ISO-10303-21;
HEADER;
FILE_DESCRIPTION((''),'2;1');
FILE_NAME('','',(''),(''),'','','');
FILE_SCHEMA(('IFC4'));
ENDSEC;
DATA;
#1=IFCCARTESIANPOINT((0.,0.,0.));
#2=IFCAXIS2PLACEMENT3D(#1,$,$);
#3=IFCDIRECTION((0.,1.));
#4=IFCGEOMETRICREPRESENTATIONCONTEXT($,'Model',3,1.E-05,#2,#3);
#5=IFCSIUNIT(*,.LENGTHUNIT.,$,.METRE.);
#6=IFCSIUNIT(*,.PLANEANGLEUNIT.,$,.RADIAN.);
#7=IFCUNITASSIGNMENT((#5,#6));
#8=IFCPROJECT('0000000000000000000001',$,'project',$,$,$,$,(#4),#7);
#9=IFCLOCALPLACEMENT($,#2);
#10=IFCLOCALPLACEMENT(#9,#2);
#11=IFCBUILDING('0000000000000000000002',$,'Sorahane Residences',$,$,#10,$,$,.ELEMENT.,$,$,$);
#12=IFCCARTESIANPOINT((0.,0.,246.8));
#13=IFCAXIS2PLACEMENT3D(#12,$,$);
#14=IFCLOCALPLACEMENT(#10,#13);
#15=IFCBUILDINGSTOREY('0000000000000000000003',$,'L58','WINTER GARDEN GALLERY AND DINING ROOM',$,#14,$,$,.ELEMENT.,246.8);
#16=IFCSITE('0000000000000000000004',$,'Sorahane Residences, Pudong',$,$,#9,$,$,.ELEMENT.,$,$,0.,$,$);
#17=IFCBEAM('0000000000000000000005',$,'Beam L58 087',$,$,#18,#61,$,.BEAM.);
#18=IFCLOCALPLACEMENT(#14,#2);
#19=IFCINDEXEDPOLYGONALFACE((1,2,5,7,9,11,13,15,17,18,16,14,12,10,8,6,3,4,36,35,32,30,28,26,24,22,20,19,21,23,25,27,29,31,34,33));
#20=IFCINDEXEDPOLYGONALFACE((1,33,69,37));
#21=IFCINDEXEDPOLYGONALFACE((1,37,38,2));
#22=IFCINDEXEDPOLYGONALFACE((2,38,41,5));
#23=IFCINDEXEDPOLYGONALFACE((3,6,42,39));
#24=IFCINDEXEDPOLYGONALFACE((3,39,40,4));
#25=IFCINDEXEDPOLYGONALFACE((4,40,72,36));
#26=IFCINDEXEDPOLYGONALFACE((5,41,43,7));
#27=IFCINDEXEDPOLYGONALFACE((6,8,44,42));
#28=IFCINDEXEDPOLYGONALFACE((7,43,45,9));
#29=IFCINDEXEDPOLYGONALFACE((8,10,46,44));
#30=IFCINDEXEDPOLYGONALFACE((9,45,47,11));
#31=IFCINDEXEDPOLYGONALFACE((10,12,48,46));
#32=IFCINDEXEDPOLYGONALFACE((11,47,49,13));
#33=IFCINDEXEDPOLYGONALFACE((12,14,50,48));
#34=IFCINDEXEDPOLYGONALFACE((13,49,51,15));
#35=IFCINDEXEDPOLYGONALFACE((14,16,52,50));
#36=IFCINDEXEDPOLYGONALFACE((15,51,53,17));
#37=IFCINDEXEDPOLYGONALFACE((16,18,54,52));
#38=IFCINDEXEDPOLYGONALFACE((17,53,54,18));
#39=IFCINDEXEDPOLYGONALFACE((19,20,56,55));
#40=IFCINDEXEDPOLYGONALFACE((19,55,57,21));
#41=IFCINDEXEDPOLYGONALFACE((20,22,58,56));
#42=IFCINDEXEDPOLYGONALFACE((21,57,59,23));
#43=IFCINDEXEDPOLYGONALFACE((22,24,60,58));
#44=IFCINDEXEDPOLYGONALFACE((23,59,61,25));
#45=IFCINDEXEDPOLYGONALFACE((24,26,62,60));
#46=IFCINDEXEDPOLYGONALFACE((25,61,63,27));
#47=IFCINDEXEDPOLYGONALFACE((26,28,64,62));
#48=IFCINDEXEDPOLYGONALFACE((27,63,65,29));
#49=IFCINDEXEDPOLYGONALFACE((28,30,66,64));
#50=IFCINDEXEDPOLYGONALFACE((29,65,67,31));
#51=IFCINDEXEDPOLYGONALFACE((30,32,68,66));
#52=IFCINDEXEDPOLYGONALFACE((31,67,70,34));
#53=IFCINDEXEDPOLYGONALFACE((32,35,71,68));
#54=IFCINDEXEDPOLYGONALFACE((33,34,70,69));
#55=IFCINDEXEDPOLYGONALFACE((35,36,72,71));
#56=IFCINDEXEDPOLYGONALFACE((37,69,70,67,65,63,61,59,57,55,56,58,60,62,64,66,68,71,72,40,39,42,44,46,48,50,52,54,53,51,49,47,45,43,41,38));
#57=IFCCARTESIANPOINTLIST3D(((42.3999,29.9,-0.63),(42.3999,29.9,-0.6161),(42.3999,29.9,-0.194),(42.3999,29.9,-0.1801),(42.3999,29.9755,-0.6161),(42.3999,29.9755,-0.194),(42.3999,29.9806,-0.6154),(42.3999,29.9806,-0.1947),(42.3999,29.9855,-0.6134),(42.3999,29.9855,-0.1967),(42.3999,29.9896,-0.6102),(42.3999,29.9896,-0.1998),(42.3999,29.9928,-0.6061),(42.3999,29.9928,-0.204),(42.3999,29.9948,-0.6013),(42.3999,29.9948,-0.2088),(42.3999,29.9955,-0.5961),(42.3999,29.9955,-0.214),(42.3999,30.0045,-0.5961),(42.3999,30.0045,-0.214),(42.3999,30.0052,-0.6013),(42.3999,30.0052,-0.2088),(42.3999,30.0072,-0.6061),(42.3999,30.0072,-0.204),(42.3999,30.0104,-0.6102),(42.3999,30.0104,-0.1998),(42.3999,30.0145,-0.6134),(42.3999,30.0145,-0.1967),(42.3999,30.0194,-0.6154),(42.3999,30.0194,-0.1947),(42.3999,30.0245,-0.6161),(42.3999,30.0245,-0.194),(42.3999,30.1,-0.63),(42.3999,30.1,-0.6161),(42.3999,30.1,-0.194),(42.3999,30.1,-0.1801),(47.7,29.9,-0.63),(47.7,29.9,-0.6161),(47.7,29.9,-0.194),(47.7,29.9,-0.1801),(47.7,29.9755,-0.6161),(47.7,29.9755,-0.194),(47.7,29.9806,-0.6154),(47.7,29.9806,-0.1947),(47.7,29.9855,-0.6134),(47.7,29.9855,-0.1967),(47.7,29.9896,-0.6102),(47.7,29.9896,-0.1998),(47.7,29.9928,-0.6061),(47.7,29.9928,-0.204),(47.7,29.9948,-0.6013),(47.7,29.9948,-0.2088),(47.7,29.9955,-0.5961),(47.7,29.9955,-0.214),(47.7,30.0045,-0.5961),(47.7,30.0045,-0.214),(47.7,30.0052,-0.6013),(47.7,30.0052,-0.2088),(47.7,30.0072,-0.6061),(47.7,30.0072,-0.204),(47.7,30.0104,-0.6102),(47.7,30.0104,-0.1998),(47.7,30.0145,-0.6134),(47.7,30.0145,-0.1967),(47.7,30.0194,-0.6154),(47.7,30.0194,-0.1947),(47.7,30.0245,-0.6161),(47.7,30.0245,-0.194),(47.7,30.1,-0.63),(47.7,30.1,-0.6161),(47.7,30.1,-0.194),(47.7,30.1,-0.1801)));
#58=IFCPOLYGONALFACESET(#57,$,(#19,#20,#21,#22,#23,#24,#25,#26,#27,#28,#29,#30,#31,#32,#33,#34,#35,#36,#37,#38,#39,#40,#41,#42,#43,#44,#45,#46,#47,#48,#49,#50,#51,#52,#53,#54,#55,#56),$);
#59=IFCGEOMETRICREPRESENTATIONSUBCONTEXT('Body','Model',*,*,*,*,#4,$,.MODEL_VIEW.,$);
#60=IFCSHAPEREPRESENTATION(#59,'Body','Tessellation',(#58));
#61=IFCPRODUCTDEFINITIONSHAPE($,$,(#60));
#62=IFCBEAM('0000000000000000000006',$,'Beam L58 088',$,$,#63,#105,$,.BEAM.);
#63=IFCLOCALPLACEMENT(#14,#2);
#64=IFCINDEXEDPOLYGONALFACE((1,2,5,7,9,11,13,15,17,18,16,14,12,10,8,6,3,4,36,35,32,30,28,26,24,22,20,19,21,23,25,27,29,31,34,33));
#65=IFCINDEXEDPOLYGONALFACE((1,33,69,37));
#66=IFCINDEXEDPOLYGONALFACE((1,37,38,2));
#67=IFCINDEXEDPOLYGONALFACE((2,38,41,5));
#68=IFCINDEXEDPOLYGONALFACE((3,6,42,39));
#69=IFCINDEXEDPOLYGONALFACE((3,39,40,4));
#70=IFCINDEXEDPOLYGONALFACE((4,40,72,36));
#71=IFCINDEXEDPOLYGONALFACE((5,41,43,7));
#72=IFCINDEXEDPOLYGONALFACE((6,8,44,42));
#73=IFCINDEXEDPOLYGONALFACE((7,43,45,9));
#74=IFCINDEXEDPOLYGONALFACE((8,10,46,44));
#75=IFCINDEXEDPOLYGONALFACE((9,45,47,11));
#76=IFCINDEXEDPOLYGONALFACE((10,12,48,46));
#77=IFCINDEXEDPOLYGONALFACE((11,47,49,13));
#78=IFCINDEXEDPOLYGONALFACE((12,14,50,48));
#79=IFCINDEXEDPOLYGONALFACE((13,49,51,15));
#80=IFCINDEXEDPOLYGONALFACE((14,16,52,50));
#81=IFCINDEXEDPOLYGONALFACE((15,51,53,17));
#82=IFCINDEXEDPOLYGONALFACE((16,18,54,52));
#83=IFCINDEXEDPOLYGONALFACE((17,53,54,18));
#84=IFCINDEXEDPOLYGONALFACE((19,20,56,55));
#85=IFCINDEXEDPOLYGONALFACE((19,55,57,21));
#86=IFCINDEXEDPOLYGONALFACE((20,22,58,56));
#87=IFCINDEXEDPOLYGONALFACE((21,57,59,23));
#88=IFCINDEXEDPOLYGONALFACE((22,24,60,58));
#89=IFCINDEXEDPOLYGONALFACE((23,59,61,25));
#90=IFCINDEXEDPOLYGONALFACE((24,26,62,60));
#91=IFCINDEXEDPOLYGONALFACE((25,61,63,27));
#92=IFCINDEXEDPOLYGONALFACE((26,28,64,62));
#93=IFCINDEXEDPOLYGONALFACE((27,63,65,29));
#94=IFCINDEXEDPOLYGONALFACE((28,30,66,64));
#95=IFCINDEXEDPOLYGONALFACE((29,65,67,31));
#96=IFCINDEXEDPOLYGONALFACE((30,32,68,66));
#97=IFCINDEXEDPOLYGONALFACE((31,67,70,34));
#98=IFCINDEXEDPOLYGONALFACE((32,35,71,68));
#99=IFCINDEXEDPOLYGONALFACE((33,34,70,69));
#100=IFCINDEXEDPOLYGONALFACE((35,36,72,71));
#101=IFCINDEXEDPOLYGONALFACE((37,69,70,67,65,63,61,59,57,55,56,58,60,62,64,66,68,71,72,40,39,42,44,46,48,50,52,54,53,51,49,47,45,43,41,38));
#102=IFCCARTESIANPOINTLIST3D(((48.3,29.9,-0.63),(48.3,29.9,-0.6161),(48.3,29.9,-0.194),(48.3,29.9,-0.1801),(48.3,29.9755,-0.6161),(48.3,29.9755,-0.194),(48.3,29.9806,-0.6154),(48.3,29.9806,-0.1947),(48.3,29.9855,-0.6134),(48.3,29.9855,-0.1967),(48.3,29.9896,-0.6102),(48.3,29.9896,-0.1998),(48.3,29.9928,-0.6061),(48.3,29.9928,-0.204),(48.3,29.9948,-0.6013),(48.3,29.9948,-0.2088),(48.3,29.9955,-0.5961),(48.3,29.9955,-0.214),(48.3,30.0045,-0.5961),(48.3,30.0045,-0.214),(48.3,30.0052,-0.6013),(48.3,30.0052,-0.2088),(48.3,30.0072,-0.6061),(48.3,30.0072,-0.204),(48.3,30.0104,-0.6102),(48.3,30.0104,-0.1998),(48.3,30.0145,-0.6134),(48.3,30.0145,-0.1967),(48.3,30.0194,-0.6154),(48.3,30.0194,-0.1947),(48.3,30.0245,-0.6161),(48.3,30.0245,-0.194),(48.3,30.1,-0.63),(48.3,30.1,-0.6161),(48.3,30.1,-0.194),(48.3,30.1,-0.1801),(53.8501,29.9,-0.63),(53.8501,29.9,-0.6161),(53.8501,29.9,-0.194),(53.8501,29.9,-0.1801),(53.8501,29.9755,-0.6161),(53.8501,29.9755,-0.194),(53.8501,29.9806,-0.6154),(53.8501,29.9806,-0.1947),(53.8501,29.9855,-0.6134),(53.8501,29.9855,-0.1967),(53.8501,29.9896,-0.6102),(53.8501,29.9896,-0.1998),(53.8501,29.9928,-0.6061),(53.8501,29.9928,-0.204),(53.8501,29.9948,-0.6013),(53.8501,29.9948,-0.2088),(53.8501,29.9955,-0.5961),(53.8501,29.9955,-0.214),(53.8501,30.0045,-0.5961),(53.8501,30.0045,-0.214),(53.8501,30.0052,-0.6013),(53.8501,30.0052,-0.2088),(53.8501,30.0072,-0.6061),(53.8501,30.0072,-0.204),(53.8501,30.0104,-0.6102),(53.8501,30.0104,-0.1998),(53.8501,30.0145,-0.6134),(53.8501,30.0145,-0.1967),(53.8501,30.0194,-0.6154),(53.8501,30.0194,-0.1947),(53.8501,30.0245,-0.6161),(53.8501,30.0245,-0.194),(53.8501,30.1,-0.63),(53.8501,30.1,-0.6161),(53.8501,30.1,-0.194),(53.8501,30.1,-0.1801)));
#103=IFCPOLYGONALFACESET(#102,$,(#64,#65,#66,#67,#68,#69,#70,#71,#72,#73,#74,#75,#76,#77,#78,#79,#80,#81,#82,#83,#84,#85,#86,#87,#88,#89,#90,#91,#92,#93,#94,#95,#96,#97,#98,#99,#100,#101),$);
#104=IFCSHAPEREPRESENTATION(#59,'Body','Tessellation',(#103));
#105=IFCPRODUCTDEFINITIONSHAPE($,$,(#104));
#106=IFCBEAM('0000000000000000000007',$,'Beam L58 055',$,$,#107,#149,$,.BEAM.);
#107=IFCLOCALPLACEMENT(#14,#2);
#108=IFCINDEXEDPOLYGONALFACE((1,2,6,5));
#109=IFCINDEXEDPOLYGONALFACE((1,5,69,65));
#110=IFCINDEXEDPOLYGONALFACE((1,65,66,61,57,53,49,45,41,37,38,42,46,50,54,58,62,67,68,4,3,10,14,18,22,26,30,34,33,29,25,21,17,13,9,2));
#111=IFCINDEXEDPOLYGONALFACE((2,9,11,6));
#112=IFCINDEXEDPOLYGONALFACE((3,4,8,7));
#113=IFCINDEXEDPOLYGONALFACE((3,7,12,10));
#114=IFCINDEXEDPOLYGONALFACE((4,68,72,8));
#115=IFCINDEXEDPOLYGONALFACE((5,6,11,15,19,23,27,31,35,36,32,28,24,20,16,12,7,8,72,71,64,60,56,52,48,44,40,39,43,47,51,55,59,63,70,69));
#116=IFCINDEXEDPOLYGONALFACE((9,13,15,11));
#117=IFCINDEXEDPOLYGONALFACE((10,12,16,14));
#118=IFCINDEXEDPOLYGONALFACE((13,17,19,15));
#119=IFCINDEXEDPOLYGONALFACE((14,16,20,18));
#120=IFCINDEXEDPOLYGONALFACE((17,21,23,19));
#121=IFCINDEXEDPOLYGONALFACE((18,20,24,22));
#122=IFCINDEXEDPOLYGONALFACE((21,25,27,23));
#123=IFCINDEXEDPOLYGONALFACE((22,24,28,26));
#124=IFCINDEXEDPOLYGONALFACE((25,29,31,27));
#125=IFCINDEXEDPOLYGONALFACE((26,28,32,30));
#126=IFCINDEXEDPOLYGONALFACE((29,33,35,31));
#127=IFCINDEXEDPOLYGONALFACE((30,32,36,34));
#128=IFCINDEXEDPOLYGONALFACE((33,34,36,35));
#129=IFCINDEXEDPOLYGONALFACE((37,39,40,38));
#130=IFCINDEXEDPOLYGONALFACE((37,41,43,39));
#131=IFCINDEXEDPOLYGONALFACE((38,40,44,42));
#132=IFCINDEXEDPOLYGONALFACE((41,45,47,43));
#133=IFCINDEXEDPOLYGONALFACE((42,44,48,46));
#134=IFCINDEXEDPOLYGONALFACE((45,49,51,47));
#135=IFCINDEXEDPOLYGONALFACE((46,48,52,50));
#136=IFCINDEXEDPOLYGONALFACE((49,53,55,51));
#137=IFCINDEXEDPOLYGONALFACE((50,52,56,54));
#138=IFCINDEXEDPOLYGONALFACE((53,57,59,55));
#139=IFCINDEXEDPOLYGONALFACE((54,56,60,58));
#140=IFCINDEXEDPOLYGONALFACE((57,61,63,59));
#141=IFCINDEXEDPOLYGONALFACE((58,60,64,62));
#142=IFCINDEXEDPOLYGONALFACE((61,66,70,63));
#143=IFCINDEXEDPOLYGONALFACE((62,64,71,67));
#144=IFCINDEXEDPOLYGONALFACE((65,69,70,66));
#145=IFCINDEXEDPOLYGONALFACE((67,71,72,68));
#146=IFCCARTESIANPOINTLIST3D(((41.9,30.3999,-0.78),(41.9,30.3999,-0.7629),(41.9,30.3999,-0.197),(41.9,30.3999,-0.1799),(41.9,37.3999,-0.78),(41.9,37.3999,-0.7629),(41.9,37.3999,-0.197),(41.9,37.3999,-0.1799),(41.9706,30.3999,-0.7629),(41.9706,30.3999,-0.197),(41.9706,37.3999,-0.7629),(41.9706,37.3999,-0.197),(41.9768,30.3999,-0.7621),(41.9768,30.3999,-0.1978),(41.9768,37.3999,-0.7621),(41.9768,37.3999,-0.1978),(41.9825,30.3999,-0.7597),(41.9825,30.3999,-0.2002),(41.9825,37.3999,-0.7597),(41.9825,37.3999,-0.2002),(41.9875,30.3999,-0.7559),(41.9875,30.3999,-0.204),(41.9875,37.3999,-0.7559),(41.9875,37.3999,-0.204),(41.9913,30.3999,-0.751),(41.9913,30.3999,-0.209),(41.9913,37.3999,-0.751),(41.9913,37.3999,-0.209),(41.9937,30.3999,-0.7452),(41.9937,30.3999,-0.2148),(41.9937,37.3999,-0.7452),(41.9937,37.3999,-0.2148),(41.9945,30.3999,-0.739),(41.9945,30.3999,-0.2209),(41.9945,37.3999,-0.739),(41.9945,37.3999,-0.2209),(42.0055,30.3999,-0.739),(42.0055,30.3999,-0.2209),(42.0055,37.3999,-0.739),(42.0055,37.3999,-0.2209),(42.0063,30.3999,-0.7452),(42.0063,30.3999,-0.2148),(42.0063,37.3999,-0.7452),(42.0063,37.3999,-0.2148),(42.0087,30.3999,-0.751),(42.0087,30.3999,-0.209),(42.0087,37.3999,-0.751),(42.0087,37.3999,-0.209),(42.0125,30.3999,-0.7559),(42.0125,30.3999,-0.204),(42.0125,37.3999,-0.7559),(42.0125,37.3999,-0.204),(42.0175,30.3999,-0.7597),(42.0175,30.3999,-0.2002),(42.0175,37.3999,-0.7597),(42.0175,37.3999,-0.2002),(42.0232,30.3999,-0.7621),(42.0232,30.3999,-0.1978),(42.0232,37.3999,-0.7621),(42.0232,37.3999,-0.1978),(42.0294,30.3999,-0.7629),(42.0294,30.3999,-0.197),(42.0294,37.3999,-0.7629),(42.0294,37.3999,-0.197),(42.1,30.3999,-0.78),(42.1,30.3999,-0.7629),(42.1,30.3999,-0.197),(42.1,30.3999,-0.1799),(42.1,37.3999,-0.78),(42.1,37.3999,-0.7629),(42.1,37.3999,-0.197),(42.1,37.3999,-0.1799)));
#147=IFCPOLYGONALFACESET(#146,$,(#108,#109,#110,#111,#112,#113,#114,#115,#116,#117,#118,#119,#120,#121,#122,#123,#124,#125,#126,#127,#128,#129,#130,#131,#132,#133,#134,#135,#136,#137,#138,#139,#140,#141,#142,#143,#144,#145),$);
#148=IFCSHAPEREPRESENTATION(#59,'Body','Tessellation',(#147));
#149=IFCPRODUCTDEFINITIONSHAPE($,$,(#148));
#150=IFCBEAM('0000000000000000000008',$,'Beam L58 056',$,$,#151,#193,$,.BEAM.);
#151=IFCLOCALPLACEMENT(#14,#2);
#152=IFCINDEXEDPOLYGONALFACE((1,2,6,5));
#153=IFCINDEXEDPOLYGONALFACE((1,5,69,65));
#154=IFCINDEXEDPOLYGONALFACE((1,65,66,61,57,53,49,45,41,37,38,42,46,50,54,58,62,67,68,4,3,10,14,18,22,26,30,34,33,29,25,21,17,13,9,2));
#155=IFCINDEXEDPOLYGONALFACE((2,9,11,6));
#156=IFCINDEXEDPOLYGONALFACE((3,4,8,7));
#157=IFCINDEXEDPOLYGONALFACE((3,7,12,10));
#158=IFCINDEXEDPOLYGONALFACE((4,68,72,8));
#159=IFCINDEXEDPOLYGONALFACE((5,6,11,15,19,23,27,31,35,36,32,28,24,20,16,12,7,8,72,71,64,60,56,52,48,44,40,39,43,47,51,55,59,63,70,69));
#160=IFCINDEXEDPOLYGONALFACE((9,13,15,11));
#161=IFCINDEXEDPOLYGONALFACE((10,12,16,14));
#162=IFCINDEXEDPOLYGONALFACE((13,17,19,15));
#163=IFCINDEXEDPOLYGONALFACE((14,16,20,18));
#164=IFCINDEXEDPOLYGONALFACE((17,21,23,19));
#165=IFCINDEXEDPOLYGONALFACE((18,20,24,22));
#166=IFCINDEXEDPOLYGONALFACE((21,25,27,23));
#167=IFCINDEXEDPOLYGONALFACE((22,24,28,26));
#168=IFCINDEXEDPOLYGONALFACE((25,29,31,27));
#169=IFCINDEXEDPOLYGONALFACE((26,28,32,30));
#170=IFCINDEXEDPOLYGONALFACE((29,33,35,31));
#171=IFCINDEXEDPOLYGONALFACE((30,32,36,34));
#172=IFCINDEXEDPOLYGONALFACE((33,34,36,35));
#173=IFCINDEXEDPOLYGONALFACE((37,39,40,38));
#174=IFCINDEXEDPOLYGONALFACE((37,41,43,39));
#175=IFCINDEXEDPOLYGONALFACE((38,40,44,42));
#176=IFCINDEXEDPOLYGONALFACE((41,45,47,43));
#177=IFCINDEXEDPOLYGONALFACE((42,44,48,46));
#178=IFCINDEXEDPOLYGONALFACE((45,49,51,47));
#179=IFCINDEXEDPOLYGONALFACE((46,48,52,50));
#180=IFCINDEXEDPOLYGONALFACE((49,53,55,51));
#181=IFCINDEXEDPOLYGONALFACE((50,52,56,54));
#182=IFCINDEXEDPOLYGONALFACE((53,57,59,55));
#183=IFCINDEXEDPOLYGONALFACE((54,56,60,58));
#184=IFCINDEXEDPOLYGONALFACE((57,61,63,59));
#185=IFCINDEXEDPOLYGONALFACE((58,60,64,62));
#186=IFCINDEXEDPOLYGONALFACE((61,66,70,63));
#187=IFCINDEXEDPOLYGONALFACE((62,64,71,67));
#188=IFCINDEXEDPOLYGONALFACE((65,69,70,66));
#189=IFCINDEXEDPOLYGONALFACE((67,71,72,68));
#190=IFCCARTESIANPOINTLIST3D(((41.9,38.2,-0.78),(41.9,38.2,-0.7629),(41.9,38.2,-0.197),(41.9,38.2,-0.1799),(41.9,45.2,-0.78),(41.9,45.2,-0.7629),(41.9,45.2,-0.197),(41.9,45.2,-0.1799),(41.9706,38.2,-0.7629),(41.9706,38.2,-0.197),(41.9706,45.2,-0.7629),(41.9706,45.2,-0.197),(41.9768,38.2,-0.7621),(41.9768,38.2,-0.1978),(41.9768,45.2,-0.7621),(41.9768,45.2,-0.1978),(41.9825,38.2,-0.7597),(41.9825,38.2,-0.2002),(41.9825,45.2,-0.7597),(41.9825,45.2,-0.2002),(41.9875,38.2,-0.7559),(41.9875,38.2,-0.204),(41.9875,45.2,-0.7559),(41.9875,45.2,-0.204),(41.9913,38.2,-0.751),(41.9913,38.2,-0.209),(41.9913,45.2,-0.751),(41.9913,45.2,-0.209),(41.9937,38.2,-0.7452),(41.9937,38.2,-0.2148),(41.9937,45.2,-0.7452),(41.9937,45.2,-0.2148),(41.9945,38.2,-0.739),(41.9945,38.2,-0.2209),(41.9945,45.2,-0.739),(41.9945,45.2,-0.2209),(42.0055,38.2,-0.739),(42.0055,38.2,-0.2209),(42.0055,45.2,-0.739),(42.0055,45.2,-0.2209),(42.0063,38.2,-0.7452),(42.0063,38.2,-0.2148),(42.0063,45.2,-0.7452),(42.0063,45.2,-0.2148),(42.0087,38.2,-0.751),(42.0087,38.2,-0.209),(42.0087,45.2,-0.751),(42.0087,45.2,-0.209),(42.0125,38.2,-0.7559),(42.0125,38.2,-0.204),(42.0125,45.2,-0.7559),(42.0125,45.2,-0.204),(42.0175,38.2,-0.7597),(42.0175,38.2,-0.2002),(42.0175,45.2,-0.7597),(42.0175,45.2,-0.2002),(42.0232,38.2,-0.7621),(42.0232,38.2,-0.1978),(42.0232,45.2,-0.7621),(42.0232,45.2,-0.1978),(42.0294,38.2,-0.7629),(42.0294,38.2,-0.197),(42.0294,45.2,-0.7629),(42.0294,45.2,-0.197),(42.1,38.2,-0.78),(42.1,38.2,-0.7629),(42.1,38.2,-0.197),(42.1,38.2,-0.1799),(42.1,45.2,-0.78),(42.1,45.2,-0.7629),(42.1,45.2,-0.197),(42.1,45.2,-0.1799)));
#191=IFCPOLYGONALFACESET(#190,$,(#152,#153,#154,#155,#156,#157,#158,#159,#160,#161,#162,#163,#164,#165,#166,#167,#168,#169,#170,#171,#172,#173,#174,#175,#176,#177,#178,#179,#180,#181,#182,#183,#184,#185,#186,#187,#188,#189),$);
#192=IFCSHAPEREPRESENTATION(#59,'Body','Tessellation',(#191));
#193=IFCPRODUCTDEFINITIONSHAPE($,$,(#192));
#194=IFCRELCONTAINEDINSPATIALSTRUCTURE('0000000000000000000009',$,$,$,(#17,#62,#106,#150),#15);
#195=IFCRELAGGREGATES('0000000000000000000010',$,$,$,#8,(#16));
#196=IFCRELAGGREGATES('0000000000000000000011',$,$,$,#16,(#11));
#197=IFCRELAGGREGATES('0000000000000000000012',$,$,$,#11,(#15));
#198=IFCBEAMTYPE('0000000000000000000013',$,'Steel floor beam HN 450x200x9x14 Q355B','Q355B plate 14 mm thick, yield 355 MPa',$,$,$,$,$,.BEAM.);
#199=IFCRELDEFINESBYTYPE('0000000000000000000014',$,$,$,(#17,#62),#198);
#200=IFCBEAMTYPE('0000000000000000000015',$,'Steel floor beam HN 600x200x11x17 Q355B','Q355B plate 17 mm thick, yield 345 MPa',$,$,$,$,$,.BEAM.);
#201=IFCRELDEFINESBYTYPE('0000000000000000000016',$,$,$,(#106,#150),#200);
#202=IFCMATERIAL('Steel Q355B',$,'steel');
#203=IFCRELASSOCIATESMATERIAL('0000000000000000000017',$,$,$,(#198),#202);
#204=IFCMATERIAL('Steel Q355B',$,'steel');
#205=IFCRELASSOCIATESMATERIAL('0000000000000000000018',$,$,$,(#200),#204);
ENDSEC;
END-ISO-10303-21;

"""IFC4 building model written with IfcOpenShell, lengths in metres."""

from ifc_helpers import new_model, si_unit, direction, frame, origin, origin_2d, place, context, subcontext, project, spatial, i_section, extrude, material, material_profile, profile_set, type_object, element, save


model = new_model("IFC4")

# Units and contexts
model_context = context("Model", 3, precision=1e-05, world=origin(), true_north=direction((0.0, 1.0)))
body_context = subcontext(model_context, "Body", "Model", "MODEL_VIEW")
ifc_project = project(units=[si_unit("LENGTHUNIT", "METRE"), si_unit("PLANEANGLEUNIT", "RADIAN")], contexts=[model_context])

# Site, building, storey
site_placement = place(None, origin())
site = spatial("IfcSite", under=ifc_project, at=site_placement, Name="Sorahane Residences, Pudong", CompositionType="ELEMENT", RefElevation=0.0)
building_placement = place(site_placement, origin())
building = spatial("IfcBuilding", under=site, at=building_placement, Name="Sorahane Residences", CompositionType="ELEMENT")
storey_placement = place(building_placement, frame((0.0, 0.0, 246.8)))
storey = spatial("IfcBuildingStorey", under=building, at=storey_placement, Name="L58", Description="WINTER GARDEN GALLERY AND DINING ROOM", CompositionType="ELEMENT", Elevation=246.8)

# Beams
ifc_material_1 = material(Name="Steel Q355B", Category="steel")
ifc_material_profile_1 = material_profile(ifc_material_1, i_section(OverallWidth=0.2, OverallDepth=0.45, WebThickness=0.009, FlangeThickness=0.0139, FilletRadius=0.02, at=origin_2d()), Name="HN 450x200x9x14")
ifc_profile_set_1 = profile_set([ifc_material_profile_1], Name="Steel Q355B")
beam_type_1 = type_object("IfcBeamType", Name="Steel floor beam HN 450x200x9x14 Q355B", Description="Q355B plate 14 mm thick, yield 355 MPa", PredefinedType="BEAM", material=ifc_profile_set_1)
beam_1_placement = place(storey_placement, frame((42.3999, 30.0, -0.405), z_axis=(1.0, 0.0, 0.0), x_axis=(0.0, 1.0, 0.0)))
element("IfcBeam", 1, at=beam_1_placement, inside=storey, type_object=beam_type_1, Name="Beam L58 087", PredefinedType="BEAM", context=body_context, shape_type="SweptSolid", body=[
    extrude(i_section(OverallWidth=0.2, OverallDepth=0.45, WebThickness=0.009, FlangeThickness=0.0139, FilletRadius=0.02, at=origin_2d()), origin(), (0.0, 0.0, 1.0), 5.3),
])
beam_2_placement = place(storey_placement, frame((48.3, 30.0, -0.405), z_axis=(1.0, 0.0, 0.0), x_axis=(0.0, 1.0, 0.0)))
element("IfcBeam", 2, at=beam_2_placement, inside=storey, type_object=beam_type_1, Name="Beam L58 088", PredefinedType="BEAM", context=body_context, shape_type="SweptSolid", body=[
    extrude(i_section(OverallWidth=0.2, OverallDepth=0.45, WebThickness=0.009, FlangeThickness=0.0139, FilletRadius=0.02, at=origin_2d()), origin(), (0.0, 0.0, 1.0), 5.55),
])
ifc_material_2 = material(Name="Steel Q355B", Category="steel")
ifc_material_profile_2 = material_profile(ifc_material_2, i_section(OverallWidth=0.2, OverallDepth=0.6001, WebThickness=0.011, FlangeThickness=0.0171, FilletRadius=0.0239, at=origin_2d()), Name="HN 600x200x11x17")
ifc_profile_set_2 = profile_set([ifc_material_profile_2], Name="Steel Q355B")
beam_type_2 = type_object("IfcBeamType", Name="Steel floor beam HN 600x200x11x17 Q355B", Description="Q355B plate 17 mm thick, yield 345 MPa", PredefinedType="BEAM", material=ifc_profile_set_2)
for number, where, z_axis, x_axis, name in (
    (3, (42.0, 30.3999, -0.48), (0.0, 1.0, 0.0), (-1.0, 0.0, 0.0), "Beam L58 055"),
    (4, (42.0, 38.2, -0.48), (0.0, 1.0, 0.0), (-1.0, 0.0, 0.0), "Beam L58 056"),
):
    element("IfcBeam", number, at=place(storey_placement, frame(where, z_axis=z_axis, x_axis=x_axis)), inside=storey, type_object=beam_type_2, Name=name, PredefinedType="BEAM", context=body_context, shape_type="SweptSolid", body=[
        extrude(i_section(OverallWidth=0.2, OverallDepth=0.6001, WebThickness=0.011, FlangeThickness=0.0171, FilletRadius=0.0239, at=origin_2d()), origin(), (0.0, 0.0, 1.0), 7.0),
    ])

save(model, "model.ifc")
